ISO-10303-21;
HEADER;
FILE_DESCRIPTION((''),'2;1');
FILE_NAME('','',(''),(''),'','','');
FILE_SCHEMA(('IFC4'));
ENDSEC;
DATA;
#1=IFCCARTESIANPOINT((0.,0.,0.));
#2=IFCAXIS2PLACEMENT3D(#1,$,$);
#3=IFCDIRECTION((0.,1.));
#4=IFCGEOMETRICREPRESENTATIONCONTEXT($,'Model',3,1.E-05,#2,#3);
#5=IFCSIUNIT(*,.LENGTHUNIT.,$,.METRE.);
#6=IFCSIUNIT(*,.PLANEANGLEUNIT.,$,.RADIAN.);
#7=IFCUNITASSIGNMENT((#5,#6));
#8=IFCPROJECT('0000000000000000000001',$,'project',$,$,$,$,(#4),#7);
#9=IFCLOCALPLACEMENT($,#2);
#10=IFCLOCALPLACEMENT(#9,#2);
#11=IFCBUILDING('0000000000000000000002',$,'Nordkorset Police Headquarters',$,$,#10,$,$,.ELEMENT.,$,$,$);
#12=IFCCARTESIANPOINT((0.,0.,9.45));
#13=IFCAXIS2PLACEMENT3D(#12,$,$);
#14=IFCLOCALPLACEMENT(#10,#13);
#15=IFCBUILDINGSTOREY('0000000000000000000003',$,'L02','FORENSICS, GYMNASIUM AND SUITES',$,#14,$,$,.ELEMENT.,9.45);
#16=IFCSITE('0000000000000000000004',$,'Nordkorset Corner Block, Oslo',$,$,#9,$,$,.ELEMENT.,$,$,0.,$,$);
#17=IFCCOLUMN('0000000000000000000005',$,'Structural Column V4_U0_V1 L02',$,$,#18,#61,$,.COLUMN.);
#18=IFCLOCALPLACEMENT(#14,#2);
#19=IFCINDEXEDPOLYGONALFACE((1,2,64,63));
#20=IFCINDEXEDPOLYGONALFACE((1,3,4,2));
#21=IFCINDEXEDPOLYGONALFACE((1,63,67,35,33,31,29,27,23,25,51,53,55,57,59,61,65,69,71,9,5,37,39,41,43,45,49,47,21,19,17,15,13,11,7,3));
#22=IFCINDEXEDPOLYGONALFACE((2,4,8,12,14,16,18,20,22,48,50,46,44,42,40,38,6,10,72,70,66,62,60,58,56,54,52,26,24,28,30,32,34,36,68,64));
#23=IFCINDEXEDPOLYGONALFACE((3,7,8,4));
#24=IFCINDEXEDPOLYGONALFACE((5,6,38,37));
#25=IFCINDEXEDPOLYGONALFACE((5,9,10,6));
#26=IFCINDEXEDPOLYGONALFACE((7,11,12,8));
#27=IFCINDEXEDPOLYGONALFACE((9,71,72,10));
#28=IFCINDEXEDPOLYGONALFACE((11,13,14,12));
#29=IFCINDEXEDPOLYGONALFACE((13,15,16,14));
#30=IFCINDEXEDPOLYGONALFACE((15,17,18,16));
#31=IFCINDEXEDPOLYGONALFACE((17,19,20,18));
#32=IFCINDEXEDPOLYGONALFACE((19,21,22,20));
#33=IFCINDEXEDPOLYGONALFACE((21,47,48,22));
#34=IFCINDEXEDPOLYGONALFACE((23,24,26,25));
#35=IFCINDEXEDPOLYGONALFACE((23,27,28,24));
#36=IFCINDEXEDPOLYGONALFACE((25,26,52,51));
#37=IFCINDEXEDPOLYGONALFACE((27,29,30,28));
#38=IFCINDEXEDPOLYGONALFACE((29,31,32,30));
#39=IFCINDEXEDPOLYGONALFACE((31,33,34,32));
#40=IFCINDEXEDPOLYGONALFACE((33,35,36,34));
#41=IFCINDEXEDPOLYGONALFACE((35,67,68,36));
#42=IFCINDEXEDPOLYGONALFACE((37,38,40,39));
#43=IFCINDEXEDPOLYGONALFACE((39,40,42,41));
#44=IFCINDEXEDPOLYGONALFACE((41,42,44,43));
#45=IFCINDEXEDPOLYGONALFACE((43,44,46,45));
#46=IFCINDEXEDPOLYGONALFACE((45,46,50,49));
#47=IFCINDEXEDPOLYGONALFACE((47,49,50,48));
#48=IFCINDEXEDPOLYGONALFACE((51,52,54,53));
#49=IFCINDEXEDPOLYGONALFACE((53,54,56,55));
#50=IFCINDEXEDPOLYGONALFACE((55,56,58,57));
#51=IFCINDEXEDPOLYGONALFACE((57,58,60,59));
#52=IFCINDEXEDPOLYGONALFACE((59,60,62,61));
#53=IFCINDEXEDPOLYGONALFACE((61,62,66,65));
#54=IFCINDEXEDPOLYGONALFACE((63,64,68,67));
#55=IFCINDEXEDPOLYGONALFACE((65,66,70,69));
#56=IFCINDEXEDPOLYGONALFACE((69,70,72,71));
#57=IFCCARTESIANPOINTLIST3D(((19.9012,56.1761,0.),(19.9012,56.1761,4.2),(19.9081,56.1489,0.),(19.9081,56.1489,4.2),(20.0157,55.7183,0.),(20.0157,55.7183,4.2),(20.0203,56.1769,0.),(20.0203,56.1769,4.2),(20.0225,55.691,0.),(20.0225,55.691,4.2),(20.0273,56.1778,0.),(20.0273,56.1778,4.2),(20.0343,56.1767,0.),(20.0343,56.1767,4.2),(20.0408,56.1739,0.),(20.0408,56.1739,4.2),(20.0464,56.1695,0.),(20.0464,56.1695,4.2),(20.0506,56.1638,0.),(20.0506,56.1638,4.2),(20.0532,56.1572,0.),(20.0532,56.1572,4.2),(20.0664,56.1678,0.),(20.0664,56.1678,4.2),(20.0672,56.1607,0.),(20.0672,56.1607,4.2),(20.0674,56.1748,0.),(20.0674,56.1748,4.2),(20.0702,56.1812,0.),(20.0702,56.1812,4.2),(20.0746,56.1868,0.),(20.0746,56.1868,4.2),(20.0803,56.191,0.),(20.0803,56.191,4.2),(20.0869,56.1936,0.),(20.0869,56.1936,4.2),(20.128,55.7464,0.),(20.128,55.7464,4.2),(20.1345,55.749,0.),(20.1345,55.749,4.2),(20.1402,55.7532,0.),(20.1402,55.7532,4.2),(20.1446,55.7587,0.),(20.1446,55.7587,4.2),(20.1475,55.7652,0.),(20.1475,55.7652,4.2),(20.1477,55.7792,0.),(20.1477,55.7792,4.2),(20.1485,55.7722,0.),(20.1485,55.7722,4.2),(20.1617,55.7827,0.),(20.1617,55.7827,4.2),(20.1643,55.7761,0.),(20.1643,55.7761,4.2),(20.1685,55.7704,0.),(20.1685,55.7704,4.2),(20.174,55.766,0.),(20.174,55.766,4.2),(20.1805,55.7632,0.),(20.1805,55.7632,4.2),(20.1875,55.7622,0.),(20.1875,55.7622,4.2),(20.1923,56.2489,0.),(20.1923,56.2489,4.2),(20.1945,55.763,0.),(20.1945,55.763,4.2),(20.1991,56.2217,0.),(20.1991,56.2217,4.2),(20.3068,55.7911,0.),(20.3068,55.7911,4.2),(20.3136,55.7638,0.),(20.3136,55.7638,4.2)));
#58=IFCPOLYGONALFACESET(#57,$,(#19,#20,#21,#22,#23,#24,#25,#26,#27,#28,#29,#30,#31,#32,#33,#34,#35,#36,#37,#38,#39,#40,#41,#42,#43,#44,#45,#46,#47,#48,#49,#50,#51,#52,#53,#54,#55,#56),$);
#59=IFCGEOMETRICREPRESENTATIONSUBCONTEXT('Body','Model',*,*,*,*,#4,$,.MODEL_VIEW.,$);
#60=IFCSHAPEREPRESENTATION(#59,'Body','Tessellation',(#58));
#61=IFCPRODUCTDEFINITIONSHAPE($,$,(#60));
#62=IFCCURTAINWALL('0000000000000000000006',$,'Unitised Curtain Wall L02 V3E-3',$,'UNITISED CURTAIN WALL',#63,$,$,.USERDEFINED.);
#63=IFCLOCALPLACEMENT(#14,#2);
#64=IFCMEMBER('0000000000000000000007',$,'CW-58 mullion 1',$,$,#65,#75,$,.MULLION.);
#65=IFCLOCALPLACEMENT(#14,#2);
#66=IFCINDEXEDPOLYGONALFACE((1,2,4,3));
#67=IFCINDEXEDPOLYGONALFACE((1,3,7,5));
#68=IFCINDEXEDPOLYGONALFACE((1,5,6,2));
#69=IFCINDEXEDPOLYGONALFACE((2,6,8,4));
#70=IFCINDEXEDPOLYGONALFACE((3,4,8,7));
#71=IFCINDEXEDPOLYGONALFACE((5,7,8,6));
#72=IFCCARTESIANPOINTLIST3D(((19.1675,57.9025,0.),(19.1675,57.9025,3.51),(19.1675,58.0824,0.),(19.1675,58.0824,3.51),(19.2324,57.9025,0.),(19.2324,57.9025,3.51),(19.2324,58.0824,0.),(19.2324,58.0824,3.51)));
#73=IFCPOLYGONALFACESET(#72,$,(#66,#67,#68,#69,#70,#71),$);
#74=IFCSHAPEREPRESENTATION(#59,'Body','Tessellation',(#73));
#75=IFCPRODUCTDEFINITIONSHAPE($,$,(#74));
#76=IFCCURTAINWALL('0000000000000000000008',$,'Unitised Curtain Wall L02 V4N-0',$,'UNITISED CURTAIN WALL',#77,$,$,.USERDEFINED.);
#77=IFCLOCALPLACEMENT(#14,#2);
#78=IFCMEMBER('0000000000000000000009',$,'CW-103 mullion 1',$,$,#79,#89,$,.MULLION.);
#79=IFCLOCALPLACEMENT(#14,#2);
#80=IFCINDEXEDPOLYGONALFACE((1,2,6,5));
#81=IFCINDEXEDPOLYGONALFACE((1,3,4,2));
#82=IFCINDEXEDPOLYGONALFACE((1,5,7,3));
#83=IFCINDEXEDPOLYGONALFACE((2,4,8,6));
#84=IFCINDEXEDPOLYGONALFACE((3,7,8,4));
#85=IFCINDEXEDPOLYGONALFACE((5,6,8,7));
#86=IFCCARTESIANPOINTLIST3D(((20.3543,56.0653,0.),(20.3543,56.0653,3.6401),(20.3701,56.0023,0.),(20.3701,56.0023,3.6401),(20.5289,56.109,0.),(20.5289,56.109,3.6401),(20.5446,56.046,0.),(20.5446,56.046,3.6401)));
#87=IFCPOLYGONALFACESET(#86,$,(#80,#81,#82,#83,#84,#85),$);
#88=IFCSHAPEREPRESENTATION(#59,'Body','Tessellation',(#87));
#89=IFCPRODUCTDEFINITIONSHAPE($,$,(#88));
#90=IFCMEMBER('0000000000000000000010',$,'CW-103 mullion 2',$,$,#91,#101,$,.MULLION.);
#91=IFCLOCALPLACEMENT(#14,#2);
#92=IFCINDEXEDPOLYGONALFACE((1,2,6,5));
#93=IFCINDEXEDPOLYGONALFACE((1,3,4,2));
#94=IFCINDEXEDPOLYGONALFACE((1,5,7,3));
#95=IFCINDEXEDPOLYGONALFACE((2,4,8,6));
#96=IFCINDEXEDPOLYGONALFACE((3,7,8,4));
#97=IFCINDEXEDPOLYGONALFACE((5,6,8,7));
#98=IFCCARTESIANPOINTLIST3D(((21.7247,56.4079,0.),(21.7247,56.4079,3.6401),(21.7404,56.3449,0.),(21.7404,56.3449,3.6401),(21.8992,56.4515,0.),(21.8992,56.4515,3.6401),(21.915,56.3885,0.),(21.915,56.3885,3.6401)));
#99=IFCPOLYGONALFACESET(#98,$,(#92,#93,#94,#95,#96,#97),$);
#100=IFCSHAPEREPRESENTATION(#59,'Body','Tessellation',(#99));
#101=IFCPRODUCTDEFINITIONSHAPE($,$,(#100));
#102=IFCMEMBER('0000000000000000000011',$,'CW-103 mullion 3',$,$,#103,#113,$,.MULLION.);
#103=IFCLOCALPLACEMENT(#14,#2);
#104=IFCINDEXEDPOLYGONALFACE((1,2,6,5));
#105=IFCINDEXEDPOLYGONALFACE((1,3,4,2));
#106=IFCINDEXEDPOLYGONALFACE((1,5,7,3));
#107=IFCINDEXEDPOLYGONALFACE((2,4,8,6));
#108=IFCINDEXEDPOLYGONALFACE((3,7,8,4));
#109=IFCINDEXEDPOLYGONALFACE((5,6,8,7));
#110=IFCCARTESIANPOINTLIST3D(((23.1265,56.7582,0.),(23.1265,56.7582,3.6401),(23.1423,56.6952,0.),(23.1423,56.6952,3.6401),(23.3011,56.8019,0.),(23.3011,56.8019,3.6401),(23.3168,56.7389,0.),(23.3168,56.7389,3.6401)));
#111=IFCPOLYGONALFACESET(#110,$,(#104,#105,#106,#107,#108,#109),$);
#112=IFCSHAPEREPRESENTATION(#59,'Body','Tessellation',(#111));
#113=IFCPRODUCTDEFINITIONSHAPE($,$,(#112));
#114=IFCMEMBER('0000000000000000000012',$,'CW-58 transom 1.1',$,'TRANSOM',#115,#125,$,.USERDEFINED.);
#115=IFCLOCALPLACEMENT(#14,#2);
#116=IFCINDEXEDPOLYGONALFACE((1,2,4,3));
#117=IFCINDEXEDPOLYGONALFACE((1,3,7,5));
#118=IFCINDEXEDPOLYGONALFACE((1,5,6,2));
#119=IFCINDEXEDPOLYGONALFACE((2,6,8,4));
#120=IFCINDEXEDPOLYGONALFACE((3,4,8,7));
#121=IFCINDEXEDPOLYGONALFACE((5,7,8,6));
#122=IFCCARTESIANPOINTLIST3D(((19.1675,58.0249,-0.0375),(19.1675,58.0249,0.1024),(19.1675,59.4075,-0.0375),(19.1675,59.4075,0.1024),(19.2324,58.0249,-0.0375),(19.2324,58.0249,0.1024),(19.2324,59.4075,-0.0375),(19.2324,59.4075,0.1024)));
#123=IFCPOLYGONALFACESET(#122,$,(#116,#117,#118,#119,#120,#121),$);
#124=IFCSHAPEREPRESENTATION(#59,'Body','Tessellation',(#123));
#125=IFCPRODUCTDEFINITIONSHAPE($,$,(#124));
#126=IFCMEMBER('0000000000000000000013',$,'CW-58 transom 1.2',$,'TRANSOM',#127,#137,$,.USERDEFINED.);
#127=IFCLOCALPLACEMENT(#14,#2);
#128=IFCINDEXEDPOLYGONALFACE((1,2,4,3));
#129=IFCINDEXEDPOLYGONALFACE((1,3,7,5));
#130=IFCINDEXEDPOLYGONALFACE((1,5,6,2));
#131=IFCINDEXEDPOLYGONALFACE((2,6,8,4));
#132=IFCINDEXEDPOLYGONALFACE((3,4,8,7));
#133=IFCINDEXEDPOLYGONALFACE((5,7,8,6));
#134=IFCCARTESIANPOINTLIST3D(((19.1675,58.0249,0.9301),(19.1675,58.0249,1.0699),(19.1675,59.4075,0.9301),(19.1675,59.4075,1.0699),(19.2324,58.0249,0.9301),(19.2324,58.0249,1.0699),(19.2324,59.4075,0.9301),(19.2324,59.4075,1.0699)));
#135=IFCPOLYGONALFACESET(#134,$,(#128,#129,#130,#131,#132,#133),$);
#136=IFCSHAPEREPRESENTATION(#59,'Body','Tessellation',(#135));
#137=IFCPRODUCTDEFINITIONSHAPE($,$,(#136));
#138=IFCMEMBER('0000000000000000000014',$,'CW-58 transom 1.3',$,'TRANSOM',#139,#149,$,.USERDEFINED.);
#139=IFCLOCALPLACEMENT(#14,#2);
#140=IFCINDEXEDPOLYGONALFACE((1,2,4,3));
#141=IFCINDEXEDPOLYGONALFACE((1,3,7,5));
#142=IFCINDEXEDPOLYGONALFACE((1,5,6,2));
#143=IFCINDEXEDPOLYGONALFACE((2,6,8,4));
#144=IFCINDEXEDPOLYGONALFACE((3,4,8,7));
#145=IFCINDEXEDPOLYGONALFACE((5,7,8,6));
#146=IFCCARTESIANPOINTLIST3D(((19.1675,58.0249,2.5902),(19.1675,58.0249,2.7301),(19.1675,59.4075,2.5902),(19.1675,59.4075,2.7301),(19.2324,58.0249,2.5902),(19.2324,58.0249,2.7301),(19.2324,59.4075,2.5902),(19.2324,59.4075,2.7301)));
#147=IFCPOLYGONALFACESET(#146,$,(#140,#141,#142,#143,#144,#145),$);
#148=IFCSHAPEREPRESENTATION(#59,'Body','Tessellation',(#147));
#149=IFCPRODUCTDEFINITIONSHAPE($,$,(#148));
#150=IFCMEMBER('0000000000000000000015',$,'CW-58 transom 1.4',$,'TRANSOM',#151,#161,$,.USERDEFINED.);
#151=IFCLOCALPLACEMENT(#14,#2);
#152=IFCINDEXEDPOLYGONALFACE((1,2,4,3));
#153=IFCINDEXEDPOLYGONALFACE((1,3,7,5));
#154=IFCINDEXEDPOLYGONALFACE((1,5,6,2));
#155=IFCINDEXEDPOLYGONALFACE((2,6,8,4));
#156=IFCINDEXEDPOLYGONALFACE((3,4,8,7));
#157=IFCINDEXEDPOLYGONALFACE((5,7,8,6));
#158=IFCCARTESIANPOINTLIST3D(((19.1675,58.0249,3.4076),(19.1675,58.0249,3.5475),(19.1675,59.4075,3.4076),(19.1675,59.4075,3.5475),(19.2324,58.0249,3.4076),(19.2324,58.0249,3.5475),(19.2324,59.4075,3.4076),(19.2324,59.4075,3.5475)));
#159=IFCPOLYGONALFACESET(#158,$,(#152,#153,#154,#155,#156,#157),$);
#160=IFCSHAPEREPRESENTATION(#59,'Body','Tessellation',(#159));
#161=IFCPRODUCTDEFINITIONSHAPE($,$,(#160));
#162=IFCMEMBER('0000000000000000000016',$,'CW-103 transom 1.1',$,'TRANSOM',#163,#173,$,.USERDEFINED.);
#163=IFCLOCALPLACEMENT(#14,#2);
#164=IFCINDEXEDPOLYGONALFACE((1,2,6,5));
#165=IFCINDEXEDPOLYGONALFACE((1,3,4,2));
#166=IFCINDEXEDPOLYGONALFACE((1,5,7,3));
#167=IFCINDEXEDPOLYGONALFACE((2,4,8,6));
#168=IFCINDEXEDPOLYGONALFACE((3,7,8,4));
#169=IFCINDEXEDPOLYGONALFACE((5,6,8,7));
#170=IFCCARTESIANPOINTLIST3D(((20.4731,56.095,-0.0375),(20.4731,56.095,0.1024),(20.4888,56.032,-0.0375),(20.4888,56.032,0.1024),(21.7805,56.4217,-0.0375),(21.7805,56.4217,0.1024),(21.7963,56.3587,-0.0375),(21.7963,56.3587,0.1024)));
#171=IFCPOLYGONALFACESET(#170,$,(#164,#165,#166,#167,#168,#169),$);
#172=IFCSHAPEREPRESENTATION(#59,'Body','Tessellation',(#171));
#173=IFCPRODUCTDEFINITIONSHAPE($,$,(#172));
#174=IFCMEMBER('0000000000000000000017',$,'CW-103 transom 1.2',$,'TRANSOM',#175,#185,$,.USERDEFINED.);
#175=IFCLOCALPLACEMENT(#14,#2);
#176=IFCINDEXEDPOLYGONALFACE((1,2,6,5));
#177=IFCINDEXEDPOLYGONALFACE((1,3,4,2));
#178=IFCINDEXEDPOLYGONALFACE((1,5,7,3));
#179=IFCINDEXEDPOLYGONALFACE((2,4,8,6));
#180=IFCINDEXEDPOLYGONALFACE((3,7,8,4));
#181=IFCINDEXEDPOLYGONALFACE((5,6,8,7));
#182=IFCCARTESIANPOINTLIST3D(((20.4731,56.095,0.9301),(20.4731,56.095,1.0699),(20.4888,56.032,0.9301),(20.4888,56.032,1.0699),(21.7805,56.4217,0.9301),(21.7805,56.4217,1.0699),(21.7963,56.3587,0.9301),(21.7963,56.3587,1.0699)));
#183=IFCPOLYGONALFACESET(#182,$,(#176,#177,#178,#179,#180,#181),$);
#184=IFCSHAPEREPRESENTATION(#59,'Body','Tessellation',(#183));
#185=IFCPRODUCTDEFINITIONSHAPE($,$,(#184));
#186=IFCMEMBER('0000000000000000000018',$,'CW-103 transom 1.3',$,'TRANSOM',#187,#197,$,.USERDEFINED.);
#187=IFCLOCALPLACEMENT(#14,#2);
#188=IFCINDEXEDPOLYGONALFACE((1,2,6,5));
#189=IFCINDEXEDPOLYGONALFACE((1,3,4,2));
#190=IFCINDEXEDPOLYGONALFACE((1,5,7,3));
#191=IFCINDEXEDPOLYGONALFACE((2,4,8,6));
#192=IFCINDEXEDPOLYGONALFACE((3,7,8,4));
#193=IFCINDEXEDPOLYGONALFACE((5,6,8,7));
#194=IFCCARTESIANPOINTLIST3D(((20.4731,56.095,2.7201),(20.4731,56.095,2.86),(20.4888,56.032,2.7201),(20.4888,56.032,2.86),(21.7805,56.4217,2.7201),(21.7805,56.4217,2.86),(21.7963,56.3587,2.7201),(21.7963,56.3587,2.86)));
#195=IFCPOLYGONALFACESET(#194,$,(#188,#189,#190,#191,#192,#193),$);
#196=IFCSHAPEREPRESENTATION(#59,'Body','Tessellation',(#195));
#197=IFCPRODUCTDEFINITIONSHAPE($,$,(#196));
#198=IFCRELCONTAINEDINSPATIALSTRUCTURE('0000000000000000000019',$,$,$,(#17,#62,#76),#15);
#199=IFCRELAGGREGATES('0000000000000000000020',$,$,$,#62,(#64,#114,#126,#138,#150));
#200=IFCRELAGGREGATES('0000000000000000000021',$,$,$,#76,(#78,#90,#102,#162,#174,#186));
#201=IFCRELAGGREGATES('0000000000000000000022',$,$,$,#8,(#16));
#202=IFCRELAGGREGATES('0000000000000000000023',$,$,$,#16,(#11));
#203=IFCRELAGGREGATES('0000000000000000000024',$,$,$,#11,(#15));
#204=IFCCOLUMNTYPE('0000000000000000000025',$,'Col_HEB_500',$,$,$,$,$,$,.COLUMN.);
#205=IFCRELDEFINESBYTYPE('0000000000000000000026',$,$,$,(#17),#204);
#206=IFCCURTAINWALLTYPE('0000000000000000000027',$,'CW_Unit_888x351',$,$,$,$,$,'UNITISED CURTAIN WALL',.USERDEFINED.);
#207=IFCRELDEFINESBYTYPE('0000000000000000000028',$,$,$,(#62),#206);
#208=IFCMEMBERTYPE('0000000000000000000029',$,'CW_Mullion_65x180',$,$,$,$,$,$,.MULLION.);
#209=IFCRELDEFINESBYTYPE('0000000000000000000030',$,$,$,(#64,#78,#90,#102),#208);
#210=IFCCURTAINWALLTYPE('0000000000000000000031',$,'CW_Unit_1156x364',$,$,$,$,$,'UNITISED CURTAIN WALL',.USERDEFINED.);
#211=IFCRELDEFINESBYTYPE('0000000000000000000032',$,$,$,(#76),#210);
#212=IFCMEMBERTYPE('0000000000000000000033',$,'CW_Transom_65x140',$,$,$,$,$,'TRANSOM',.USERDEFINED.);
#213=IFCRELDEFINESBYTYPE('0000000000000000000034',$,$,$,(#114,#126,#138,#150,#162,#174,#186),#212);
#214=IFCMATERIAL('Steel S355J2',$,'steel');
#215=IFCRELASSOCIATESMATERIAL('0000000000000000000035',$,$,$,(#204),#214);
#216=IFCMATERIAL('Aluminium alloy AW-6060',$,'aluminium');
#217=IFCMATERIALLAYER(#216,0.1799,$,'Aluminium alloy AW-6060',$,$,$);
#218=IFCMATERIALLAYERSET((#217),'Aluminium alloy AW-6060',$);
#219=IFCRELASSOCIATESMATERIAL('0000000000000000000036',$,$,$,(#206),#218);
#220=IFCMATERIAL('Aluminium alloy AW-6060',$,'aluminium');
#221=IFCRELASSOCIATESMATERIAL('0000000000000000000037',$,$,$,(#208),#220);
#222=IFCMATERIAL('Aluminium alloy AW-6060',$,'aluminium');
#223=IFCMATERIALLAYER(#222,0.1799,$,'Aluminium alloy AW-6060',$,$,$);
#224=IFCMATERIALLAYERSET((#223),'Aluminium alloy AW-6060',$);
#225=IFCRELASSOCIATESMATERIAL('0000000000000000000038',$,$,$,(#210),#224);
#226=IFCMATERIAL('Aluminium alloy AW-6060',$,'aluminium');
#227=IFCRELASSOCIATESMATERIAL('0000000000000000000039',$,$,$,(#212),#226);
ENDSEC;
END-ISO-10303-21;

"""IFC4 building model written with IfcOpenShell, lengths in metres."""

from ifc_helpers import new_model, si_unit, direction, frame, origin, origin_2d, place, context, subcontext, project, spatial, rectangle, i_section, extrude, material, layer, layer_set, material_profile, profile_set, type_object, element, aggregate, save


model = new_model("IFC4")

# Units and contexts
model_context = context("Model", 3, precision=1e-05, world=origin(), true_north=direction((0.0, 1.0)))
body_context = subcontext(model_context, "Body", "Model", "MODEL_VIEW")
ifc_project = project(units=[si_unit("LENGTHUNIT", "METRE"), si_unit("PLANEANGLEUNIT", "RADIAN")], contexts=[model_context])

# Site, building, storey
site_placement = place(None, origin())
site = spatial("IfcSite", under=ifc_project, at=site_placement, Name="Nordkorset Corner Block, Oslo", CompositionType="ELEMENT", RefElevation=0.0)
building_placement = place(site_placement, origin())
building = spatial("IfcBuilding", under=site, at=building_placement, Name="Nordkorset Police Headquarters", CompositionType="ELEMENT")
storey_placement = place(building_placement, frame((0.0, 0.0, 9.45)))
storey = spatial("IfcBuildingStorey", under=building, at=storey_placement, Name="L02", Description="FORENSICS, GYMNASIUM AND SUITES", CompositionType="ELEMENT", Elevation=9.45)

# Column
ifc_material_1 = material(Name="Steel S355J2", Category="steel")
ifc_material_profile_1 = material_profile(ifc_material_1, i_section(OverallWidth=0.3, OverallDepth=0.5, WebThickness=0.0144, FlangeThickness=0.0281, FilletRadius=0.0271, at=origin_2d()), Name="HEB 500")
ifc_profile_set_1 = profile_set([ifc_material_profile_1], Name="Steel S355J2")
column_type = type_object("IfcColumnType", Name="Col_HEB_500", PredefinedType="COLUMN", material=ifc_profile_set_1)
column_placement = place(storey_placement, frame((20.1074, 55.97, 0.0), z_axis=(0.0, 0.0, 1.0), x_axis=(0.970143, 0.242536, 0.0)))
element("IfcColumn", 1, at=column_placement, inside=storey, type_object=column_type, Name="Structural Column V4_U0_V1 L02", PredefinedType="COLUMN", context=body_context, shape_type="SweptSolid", body=[
    extrude(i_section(OverallWidth=0.3, OverallDepth=0.5, WebThickness=0.0144, FlangeThickness=0.0281, FilletRadius=0.0271, at=origin_2d()), origin(), (0.0, 0.0, 1.0), 4.2),
])

# Curtain wall, member
ifc_material_2 = material(Name="Aluminium alloy AW-6060", Category="aluminium")
ifc_layer_1 = layer(ifc_material_2, 0.1799, Name="Aluminium alloy AW-6060")
ifc_layer_set_1 = layer_set([ifc_layer_1], Name="Aluminium alloy AW-6060")
curtain_wall_type_1 = type_object("IfcCurtainWallType", Name="CW_Unit_888x351", ElementType="UNITISED CURTAIN WALL", PredefinedType="USERDEFINED", material=ifc_layer_set_1)
curtain_wall_1_placement = place(storey_placement, origin())
curtain_wall_1 = element("IfcCurtainWall", 2, at=curtain_wall_1_placement, inside=storey, type_object=curtain_wall_type_1, Name="Unitised Curtain Wall L02 V3E-3", ObjectType="UNITISED CURTAIN WALL", PredefinedType="USERDEFINED")
ifc_material_3 = material(Name="Aluminium alloy AW-6060", Category="aluminium")
ifc_material_profile_2 = material_profile(ifc_material_3, rectangle(XDim=0.0649, YDim=0.1799, at=origin_2d()), Name="ALU MULL 65x180")
ifc_profile_set_2 = profile_set([ifc_material_profile_2], Name="Aluminium alloy AW-6060")
member_type_1 = type_object("IfcMemberType", Name="CW_Mullion_65x180", PredefinedType="MULLION", material=ifc_profile_set_2)
member_1_placement = place(storey_placement, frame((19.2, 57.9924, 0.0), z_axis=(0.0, 0.0, 1.0), x_axis=(-1.0, 0.0, 0.0)))
member_1 = element("IfcMember", 3, at=member_1_placement, type_object=member_type_1, Name="CW-58 mullion 1", PredefinedType="MULLION", context=body_context, shape_type="SweptSolid", body=[
    extrude(rectangle(XDim=0.0649, YDim=0.1799, at=origin_2d()), origin(), (0.0, 0.0, 1.0), 3.51),
])

# Curtain wall, members
ifc_material_4 = material(Name="Aluminium alloy AW-6060", Category="aluminium")
ifc_layer_2 = layer(ifc_material_4, 0.1799, Name="Aluminium alloy AW-6060")
ifc_layer_set_2 = layer_set([ifc_layer_2], Name="Aluminium alloy AW-6060")
curtain_wall_type_2 = type_object("IfcCurtainWallType", Name="CW_Unit_1156x364", ElementType="UNITISED CURTAIN WALL", PredefinedType="USERDEFINED", material=ifc_layer_set_2)
curtain_wall_2_placement = place(storey_placement, origin())
curtain_wall_2 = element("IfcCurtainWall", 4, at=curtain_wall_2_placement, inside=storey, type_object=curtain_wall_type_2, Name="Unitised Curtain Wall L02 V4N-0", ObjectType="UNITISED CURTAIN WALL", PredefinedType="USERDEFINED")
member_2_placement = place(storey_placement, frame((20.4495, 56.0557, 0.0), z_axis=(0.0, 0.0, 1.0), x_axis=(-0.242536, 0.970142, 0.0)))
member_2 = element("IfcMember", 5, at=member_2_placement, type_object=member_type_1, Name="CW-103 mullion 1", PredefinedType="MULLION", context=body_context, shape_type="SweptSolid", body=[
    extrude(rectangle(XDim=0.0649, YDim=0.1799, at=origin_2d()), origin(), (0.0, 0.0, 1.0), 3.6401),
])
member_3_placement = place(storey_placement, frame((21.8198, 56.3982, 0.0), z_axis=(0.0, 0.0, 1.0), x_axis=(-0.242536, 0.970142, 0.0)))
member_3 = element("IfcMember", 6, at=member_3_placement, type_object=member_type_1, Name="CW-103 mullion 2", PredefinedType="MULLION", context=body_context, shape_type="SweptSolid", body=[
    extrude(rectangle(XDim=0.0649, YDim=0.1799, at=origin_2d()), origin(), (0.0, 0.0, 1.0), 3.6401),
])
member_4_placement = place(storey_placement, frame((23.2217, 56.7485, 0.0), z_axis=(0.0, 0.0, 1.0), x_axis=(-0.242536, 0.970142, 0.0)))
member_4 = element("IfcMember", 7, at=member_4_placement, type_object=member_type_1, Name="CW-103 mullion 3", PredefinedType="MULLION", context=body_context, shape_type="SweptSolid", body=[
    extrude(rectangle(XDim=0.0649, YDim=0.1799, at=origin_2d()), origin(), (0.0, 0.0, 1.0), 3.6401),
])

# Members
ifc_material_5 = material(Name="Aluminium alloy AW-6060", Category="aluminium")
ifc_material_profile_3 = material_profile(ifc_material_5, rectangle(XDim=0.0649, YDim=0.1399, at=origin_2d()), Name="ALU TRAN 65x140")
ifc_profile_set_3 = profile_set([ifc_material_profile_3], Name="Aluminium alloy AW-6060")
member_type_2 = type_object("IfcMemberType", Name="CW_Transom_65x140", ElementType="TRANSOM", PredefinedType="USERDEFINED", material=ifc_profile_set_3)
member_5_placement = place(storey_placement, frame((19.2, 58.0249, 0.0325), z_axis=(0.0, 1.0, 0.0), x_axis=(-1.0, 0.0, 0.0)))
member_5 = element("IfcMember", 8, at=member_5_placement, type_object=member_type_2, Name="CW-58 transom 1.1", ObjectType="TRANSOM", PredefinedType="USERDEFINED", context=body_context, shape_type="SweptSolid", body=[
    extrude(rectangle(XDim=0.0649, YDim=0.1399, at=origin_2d()), origin(), (0.0, 0.0, 1.0), 1.3826),
])
member_6_placement = place(storey_placement, frame((19.2, 58.0249, 1.0), z_axis=(0.0, 1.0, 0.0), x_axis=(-1.0, 0.0, 0.0)))
member_6 = element("IfcMember", 9, at=member_6_placement, type_object=member_type_2, Name="CW-58 transom 1.2", ObjectType="TRANSOM", PredefinedType="USERDEFINED", context=body_context, shape_type="SweptSolid", body=[
    extrude(rectangle(XDim=0.0649, YDim=0.1399, at=origin_2d()), origin(), (0.0, 0.0, 1.0), 1.3826),
])
member_7_placement = place(storey_placement, frame((19.2, 58.0249, 2.6602), z_axis=(0.0, 1.0, 0.0), x_axis=(-1.0, 0.0, 0.0)))
member_7 = element("IfcMember", 10, at=member_7_placement, type_object=member_type_2, Name="CW-58 transom 1.3", ObjectType="TRANSOM", PredefinedType="USERDEFINED", context=body_context, shape_type="SweptSolid", body=[
    extrude(rectangle(XDim=0.0649, YDim=0.1399, at=origin_2d()), origin(), (0.0, 0.0, 1.0), 1.3826),
])
member_8_placement = place(storey_placement, frame((19.2, 58.0249, 3.4775), z_axis=(0.0, 1.0, 0.0), x_axis=(-1.0, 0.0, 0.0)))
member_8 = element("IfcMember", 11, at=member_8_placement, type_object=member_type_2, Name="CW-58 transom 1.4", ObjectType="TRANSOM", PredefinedType="USERDEFINED", context=body_context, shape_type="SweptSolid", body=[
    extrude(rectangle(XDim=0.0649, YDim=0.1399, at=origin_2d()), origin(), (0.0, 0.0, 1.0), 1.3826),
])
aggregate(curtain_wall_1, [member_1, member_5, member_6, member_7, member_8])
member_9_placement = place(storey_placement, frame((20.481, 56.0635, 0.0325), z_axis=(0.970174, 0.242408, 0.0), x_axis=(-0.242408, 0.970174, 0.0)))
member_9 = element("IfcMember", 12, at=member_9_placement, type_object=member_type_2, Name="CW-103 transom 1.1", ObjectType="TRANSOM", PredefinedType="USERDEFINED", context=body_context, shape_type="SweptSolid", body=[
    extrude(rectangle(XDim=0.0649, YDim=0.1399, at=origin_2d()), origin(), (0.0, 0.0, 1.0), 1.3477),
])
member_10_placement = place(storey_placement, frame((20.481, 56.0635, 1.0), z_axis=(0.970174, 0.242408, 0.0), x_axis=(-0.242408, 0.970174, 0.0)))
member_10 = element("IfcMember", 13, at=member_10_placement, type_object=member_type_2, Name="CW-103 transom 1.2", ObjectType="TRANSOM", PredefinedType="USERDEFINED", context=body_context, shape_type="SweptSolid", body=[
    extrude(rectangle(XDim=0.0649, YDim=0.1399, at=origin_2d()), origin(), (0.0, 0.0, 1.0), 1.3477),
])
member_11_placement = place(storey_placement, frame((20.481, 56.0635, 2.79), z_axis=(0.970174, 0.242408, 0.0), x_axis=(-0.242408, 0.970174, 0.0)))
member_11 = element("IfcMember", 14, at=member_11_placement, type_object=member_type_2, Name="CW-103 transom 1.3", ObjectType="TRANSOM", PredefinedType="USERDEFINED", context=body_context, shape_type="SweptSolid", body=[
    extrude(rectangle(XDim=0.0649, YDim=0.1399, at=origin_2d()), origin(), (0.0, 0.0, 1.0), 1.3477),
])

aggregate(curtain_wall_2, [member_2, member_3, member_4, member_9, member_10, member_11])

save(model, "model.ifc")
